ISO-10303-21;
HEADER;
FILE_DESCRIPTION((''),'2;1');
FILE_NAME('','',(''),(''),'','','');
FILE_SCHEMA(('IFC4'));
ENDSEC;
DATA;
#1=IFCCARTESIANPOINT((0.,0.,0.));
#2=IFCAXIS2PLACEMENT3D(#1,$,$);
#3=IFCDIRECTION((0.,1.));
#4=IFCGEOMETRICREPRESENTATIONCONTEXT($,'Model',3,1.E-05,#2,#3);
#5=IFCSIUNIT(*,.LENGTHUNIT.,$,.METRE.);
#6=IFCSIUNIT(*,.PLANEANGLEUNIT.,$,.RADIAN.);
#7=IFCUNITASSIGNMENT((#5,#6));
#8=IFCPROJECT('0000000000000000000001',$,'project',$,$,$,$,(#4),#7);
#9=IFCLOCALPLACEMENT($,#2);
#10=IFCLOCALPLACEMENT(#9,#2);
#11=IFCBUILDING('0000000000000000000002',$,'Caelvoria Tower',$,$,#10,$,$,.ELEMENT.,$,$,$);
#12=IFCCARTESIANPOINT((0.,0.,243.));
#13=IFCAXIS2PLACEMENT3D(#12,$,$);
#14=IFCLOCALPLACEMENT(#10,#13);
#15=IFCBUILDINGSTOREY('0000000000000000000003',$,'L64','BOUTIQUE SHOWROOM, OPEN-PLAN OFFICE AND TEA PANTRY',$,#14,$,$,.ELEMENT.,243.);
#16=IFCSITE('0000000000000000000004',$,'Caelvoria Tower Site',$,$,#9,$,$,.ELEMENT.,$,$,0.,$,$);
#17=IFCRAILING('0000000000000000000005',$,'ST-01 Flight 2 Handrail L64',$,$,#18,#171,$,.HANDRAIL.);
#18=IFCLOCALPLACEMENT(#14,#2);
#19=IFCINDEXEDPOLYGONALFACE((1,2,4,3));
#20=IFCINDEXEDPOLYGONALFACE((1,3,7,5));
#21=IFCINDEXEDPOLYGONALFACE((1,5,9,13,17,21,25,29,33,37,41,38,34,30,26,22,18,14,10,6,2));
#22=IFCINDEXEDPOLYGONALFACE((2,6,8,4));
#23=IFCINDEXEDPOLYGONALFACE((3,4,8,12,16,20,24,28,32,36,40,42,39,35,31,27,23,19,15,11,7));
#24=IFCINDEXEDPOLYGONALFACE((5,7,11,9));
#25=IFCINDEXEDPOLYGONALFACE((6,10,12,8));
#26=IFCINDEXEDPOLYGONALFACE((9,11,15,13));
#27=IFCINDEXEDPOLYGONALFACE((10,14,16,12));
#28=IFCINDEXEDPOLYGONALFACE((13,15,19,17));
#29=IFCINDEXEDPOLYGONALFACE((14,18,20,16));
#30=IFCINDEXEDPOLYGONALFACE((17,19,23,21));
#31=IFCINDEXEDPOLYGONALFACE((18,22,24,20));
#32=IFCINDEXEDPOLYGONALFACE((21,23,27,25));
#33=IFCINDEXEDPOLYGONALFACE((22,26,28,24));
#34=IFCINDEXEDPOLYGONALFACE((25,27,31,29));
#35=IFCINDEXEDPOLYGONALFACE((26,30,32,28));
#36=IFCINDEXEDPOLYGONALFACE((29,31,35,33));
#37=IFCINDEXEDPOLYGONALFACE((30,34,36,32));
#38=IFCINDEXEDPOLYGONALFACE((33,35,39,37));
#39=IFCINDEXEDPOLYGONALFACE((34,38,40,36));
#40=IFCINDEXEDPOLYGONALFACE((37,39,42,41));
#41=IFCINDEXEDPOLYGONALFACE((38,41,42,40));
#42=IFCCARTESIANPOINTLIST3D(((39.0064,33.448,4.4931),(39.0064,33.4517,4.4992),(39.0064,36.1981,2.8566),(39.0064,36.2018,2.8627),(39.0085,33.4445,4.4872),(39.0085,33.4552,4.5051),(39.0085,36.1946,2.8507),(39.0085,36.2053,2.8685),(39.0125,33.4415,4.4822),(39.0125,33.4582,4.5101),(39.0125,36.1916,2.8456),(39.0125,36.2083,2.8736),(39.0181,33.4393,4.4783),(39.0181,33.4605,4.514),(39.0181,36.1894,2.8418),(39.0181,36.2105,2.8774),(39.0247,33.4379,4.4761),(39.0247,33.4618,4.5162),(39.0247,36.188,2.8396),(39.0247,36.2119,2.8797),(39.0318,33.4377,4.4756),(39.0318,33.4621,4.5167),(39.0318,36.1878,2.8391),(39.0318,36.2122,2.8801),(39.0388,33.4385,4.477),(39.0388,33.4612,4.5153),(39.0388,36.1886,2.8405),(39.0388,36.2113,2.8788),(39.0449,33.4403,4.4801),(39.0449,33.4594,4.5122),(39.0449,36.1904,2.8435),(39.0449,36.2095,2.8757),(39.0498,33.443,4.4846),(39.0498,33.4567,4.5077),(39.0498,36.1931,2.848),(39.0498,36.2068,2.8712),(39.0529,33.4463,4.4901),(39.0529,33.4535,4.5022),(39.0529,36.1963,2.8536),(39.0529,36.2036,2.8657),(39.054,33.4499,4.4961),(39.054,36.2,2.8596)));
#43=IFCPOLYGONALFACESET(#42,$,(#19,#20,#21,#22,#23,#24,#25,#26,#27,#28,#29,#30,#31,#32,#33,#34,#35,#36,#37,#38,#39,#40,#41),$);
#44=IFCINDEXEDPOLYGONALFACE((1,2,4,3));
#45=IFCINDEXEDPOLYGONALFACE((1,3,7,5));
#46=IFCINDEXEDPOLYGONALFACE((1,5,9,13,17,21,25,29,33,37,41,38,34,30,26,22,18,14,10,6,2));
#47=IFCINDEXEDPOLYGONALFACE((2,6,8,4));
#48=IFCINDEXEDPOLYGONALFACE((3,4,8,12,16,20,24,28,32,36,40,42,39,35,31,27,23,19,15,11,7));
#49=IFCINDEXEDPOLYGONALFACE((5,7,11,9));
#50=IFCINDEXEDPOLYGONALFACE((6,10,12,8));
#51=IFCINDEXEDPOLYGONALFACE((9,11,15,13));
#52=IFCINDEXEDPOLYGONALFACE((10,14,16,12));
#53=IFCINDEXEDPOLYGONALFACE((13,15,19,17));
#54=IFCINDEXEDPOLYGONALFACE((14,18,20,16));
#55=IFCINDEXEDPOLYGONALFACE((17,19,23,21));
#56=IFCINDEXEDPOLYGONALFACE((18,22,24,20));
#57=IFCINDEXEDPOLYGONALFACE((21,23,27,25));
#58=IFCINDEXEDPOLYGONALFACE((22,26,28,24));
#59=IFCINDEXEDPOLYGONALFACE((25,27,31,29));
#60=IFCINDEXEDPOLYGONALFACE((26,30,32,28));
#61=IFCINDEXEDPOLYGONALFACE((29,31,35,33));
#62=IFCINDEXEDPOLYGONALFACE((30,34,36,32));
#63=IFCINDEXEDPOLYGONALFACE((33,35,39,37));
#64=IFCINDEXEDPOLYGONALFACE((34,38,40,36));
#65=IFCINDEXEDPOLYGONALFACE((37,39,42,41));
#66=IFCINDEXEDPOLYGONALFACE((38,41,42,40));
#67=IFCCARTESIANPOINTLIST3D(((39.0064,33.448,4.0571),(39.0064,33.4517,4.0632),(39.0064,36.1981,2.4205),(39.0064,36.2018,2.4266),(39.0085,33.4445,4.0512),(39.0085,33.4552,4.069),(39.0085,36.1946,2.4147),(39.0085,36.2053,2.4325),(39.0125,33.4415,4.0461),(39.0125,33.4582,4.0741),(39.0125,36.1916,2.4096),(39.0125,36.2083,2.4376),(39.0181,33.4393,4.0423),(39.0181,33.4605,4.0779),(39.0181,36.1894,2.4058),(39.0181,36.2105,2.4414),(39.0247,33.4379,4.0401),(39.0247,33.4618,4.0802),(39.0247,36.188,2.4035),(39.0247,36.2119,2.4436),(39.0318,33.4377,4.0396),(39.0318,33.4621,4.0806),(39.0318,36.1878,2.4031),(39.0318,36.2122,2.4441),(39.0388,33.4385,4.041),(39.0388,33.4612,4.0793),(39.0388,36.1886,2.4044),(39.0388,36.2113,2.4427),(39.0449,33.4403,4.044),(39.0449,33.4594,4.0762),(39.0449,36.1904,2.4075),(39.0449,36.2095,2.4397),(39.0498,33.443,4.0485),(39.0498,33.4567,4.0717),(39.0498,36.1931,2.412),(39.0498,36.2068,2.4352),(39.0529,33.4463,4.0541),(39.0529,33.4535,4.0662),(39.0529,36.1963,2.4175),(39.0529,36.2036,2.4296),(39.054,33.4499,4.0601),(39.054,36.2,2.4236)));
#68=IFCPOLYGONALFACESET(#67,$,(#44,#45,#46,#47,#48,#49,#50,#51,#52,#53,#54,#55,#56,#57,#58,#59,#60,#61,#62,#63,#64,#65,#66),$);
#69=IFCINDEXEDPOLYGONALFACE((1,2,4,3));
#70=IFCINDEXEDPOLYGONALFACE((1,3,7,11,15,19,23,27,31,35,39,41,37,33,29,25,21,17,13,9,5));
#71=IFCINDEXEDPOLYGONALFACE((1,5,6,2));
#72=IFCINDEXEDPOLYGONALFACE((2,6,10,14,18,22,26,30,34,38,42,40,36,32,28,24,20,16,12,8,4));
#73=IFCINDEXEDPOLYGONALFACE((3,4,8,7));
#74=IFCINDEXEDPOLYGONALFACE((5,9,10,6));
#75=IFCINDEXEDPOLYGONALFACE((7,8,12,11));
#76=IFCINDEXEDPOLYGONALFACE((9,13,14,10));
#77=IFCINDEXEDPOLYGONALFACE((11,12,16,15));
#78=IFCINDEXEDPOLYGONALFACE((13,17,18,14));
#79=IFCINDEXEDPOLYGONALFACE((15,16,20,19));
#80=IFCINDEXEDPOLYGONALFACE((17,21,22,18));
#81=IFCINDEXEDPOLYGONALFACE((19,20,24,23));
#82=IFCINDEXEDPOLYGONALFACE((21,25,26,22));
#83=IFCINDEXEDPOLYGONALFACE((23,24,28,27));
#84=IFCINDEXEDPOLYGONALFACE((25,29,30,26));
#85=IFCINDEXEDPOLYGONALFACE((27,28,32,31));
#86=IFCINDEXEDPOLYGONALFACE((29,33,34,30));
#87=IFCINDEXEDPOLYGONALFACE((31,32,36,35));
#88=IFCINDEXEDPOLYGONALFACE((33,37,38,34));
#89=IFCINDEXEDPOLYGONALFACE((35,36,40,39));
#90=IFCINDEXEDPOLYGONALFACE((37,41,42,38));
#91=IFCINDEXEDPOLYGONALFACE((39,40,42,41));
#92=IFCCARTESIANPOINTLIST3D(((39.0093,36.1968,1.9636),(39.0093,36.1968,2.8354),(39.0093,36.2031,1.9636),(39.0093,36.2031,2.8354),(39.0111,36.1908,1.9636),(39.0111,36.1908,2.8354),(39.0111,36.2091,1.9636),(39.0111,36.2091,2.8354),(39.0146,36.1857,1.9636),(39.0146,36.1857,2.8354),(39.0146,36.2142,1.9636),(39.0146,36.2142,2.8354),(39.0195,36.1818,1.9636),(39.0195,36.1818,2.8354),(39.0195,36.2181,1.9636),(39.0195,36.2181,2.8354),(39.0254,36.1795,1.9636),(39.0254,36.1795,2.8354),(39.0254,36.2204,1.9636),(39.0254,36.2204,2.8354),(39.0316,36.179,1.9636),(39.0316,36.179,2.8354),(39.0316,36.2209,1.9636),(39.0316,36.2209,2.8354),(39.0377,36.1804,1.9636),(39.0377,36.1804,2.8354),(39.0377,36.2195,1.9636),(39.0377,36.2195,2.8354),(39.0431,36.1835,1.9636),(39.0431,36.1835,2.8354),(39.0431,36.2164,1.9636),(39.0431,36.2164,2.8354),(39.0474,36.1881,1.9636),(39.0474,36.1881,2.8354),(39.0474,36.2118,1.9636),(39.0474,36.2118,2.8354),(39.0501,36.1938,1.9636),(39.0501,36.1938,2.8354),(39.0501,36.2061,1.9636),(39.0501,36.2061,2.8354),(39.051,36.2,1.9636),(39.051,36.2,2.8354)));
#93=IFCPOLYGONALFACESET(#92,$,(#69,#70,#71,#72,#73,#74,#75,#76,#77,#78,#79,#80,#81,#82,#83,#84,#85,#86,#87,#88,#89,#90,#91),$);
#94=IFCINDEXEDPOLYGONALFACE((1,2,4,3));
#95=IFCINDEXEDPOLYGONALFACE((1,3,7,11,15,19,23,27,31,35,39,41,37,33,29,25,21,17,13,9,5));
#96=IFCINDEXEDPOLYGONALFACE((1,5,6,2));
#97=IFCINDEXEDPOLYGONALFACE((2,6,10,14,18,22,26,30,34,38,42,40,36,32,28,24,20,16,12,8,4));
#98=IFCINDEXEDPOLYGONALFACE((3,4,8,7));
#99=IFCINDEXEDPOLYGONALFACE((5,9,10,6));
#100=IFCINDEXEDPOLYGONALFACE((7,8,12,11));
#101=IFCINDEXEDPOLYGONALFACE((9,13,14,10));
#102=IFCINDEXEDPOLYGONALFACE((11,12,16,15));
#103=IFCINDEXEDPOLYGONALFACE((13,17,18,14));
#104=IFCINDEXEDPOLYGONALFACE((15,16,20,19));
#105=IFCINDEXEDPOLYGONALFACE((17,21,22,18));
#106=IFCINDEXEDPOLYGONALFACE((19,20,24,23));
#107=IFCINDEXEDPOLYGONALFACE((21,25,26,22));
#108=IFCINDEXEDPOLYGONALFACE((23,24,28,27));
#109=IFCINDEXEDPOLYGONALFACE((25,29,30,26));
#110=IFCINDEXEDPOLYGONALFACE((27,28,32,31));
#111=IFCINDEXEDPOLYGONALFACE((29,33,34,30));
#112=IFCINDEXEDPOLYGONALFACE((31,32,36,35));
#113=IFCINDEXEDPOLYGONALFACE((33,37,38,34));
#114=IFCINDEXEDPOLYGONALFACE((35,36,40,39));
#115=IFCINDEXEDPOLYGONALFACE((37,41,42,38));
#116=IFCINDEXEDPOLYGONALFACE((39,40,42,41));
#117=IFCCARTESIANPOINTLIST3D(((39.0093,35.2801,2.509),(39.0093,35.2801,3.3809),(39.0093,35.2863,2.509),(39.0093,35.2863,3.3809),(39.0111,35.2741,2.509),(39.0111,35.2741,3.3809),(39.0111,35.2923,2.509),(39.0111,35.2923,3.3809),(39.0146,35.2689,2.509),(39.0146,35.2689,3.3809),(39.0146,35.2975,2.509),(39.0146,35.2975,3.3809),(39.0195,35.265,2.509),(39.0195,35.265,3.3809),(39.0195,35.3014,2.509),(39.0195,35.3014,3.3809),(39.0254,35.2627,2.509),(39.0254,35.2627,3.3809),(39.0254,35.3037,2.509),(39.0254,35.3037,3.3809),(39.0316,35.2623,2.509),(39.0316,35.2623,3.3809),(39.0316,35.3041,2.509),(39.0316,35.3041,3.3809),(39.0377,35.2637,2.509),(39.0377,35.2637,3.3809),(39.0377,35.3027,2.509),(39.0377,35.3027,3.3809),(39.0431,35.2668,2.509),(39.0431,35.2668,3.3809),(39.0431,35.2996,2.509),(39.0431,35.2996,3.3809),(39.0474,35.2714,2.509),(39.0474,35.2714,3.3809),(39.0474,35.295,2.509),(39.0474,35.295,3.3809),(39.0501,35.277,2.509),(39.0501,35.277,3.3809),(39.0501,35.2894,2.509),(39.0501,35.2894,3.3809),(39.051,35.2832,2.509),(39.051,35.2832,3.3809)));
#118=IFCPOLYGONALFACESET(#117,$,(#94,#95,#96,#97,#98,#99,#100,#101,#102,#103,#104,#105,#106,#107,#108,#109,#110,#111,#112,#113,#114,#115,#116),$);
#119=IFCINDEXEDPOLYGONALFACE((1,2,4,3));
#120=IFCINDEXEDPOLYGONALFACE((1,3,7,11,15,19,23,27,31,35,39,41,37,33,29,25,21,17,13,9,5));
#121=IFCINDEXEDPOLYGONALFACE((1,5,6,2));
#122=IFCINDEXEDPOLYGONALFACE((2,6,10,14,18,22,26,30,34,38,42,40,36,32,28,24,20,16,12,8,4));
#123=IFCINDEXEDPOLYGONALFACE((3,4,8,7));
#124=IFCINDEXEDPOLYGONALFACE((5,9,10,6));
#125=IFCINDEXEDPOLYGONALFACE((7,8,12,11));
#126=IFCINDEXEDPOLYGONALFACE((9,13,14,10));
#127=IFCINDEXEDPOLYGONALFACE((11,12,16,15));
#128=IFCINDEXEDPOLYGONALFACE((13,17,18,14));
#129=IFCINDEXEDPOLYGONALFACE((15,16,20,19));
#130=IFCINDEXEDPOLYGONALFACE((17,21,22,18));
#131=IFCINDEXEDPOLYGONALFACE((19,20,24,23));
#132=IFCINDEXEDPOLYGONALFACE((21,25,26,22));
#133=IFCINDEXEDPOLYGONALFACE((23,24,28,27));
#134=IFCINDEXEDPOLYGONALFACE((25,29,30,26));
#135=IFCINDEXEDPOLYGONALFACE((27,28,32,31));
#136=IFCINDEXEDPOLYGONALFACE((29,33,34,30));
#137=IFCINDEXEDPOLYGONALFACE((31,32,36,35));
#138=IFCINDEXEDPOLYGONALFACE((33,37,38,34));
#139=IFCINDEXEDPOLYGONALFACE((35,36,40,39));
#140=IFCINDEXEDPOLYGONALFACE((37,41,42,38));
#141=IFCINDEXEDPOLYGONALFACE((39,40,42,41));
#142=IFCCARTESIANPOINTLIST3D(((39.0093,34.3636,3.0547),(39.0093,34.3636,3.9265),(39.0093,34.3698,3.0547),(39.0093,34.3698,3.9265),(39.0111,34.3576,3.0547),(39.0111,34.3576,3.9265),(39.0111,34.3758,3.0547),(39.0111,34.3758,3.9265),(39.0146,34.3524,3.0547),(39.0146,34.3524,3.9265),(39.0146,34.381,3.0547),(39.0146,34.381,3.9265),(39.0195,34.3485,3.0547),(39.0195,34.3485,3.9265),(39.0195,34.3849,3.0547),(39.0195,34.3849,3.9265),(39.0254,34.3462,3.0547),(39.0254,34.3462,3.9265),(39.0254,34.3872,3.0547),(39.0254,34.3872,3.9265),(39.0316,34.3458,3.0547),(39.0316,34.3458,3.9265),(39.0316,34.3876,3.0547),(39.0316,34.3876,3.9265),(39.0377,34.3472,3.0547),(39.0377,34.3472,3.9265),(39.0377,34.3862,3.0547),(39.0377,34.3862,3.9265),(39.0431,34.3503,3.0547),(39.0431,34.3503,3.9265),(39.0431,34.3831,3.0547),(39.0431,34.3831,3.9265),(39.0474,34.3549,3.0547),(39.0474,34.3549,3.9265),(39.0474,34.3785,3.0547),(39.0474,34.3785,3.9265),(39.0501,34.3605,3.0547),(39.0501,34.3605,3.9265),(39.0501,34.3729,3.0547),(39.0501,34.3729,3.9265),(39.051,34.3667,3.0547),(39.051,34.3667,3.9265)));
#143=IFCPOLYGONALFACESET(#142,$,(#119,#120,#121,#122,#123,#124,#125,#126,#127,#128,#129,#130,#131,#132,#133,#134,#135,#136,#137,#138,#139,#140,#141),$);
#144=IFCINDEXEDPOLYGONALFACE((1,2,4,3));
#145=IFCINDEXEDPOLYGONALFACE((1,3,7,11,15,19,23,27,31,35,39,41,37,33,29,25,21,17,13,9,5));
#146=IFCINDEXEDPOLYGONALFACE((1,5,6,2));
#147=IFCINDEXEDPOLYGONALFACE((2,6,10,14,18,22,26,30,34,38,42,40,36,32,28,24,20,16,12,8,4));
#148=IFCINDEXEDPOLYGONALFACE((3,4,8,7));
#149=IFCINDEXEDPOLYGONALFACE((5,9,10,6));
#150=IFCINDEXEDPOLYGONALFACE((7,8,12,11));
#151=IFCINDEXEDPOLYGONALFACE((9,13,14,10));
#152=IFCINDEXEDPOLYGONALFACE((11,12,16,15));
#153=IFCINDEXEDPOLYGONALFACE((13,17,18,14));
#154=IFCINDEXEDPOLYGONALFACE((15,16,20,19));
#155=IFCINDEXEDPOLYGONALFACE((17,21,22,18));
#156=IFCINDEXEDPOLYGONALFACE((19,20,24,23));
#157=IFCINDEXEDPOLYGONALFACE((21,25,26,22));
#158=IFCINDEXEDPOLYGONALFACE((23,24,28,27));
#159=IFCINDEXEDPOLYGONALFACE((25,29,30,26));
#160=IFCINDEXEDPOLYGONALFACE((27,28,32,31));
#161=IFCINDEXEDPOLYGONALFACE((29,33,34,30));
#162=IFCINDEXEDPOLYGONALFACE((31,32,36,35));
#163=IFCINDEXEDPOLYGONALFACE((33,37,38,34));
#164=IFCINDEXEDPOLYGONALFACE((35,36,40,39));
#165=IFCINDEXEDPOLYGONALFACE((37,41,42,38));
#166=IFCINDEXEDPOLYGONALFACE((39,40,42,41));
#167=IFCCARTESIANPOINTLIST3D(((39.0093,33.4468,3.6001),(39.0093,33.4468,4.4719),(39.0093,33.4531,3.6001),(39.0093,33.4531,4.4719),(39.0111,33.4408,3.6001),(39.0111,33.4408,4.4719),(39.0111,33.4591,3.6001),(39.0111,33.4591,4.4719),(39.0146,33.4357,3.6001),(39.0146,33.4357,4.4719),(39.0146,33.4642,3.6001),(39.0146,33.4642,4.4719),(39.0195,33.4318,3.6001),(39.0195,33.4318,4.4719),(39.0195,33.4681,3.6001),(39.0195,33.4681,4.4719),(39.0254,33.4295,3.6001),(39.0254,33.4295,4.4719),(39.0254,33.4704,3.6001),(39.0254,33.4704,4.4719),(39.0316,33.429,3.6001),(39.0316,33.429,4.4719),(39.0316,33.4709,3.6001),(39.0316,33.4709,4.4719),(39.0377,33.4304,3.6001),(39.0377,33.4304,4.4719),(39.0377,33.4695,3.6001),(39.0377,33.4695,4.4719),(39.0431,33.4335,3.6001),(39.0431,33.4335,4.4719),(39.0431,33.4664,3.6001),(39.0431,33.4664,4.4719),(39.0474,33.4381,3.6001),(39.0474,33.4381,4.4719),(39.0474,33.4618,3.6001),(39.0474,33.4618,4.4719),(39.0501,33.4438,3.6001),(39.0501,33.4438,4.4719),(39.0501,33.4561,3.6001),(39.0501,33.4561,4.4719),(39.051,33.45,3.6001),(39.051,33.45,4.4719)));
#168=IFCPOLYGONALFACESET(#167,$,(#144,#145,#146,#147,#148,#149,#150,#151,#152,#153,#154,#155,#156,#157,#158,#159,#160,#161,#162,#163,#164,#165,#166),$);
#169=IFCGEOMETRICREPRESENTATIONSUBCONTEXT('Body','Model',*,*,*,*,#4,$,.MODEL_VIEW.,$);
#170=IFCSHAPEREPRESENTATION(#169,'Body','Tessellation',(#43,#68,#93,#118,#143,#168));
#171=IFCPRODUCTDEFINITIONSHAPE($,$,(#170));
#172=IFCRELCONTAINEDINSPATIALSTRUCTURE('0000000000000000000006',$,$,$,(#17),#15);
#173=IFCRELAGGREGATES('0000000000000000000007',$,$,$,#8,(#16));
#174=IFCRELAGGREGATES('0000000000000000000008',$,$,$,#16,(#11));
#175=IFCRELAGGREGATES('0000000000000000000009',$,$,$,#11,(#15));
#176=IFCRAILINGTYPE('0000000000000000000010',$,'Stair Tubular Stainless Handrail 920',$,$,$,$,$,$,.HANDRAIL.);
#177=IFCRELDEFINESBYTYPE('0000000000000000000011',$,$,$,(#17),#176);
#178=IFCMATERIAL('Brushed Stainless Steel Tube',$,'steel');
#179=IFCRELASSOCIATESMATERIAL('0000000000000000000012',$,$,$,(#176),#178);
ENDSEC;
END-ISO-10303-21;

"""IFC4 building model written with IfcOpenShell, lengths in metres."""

from ifc_helpers import new_model, si_unit, direction, frame, origin, origin_2d, place, context, subcontext, project, spatial, circle, extrude, material, type_object, element, save


model = new_model("IFC4")

# Units and contexts
model_context = context("Model", 3, precision=1e-05, world=origin(), true_north=direction((0.0, 1.0)))
body_context = subcontext(model_context, "Body", "Model", "MODEL_VIEW")
ifc_project = project(units=[si_unit("LENGTHUNIT", "METRE"), si_unit("PLANEANGLEUNIT", "RADIAN")], contexts=[model_context])

# Site, building, storey
site_placement = place(None, origin())
site = spatial("IfcSite", under=ifc_project, at=site_placement, Name="Caelvoria Tower Site", CompositionType="ELEMENT", RefElevation=0.0)
building_placement = place(site_placement, origin())
building = spatial("IfcBuilding", under=site, at=building_placement, Name="Caelvoria Tower", CompositionType="ELEMENT")
storey_placement = place(building_placement, frame((0.0, 0.0, 243.0)))
storey = spatial("IfcBuildingStorey", under=building, at=storey_placement, Name="L64", Description="BOUTIQUE SHOWROOM, OPEN-PLAN OFFICE AND TEA PANTRY", CompositionType="ELEMENT", Elevation=243.0)

# Railing
ifc_material_1 = material(Name="Brushed Stainless Steel Tube", Category="steel")
railing_type_1 = type_object("IfcRailingType", Name="Stair Tubular Stainless Handrail 920", PredefinedType="HANDRAIL", material=ifc_material_1)
railing_1_placement = place(storey_placement, frame((39.03, 36.2, 1.9636)))
element("IfcRailing", 1, at=railing_1_placement, inside=storey, type_object=railing_type_1, Name="ST-01 Flight 2 Handrail L64", PredefinedType="HANDRAIL", context=body_context, shape_type="SweptSolid", body=[
    extrude(circle(Radius=0.0239, at=origin_2d()), frame((0.0, 0.0, 0.896), z_axis=(0.0, -0.859352, 0.511385), x_axis=(1.0, 0.0, 0.0)), (0.0, 0.0, 1.0), 3.2002),
    extrude(circle(Radius=0.0239, at=origin_2d()), frame((0.0, 0.0, 0.46), z_axis=(0.0, -0.859352, 0.511385), x_axis=(1.0, 0.0, 0.0)), (0.0, 0.0, 1.0), 3.2002),
    extrude(circle(Radius=0.021, at=origin_2d()), origin(), (0.0, 0.0, 1.0), 0.8718),
    extrude(circle(Radius=0.021, at=origin_2d()), frame((0.0, -0.9167, 0.5454)), (0.0, 0.0, 1.0), 0.8718),
    extrude(circle(Radius=0.021, at=origin_2d()), frame((0.0, -1.8333, 1.0911)), (0.0, 0.0, 1.0), 0.8718),
    extrude(circle(Radius=0.021, at=origin_2d()), frame((0.0, -2.75, 1.6365)), (0.0, 0.0, 1.0), 0.8718),
])

save(model, "model.ifc")
